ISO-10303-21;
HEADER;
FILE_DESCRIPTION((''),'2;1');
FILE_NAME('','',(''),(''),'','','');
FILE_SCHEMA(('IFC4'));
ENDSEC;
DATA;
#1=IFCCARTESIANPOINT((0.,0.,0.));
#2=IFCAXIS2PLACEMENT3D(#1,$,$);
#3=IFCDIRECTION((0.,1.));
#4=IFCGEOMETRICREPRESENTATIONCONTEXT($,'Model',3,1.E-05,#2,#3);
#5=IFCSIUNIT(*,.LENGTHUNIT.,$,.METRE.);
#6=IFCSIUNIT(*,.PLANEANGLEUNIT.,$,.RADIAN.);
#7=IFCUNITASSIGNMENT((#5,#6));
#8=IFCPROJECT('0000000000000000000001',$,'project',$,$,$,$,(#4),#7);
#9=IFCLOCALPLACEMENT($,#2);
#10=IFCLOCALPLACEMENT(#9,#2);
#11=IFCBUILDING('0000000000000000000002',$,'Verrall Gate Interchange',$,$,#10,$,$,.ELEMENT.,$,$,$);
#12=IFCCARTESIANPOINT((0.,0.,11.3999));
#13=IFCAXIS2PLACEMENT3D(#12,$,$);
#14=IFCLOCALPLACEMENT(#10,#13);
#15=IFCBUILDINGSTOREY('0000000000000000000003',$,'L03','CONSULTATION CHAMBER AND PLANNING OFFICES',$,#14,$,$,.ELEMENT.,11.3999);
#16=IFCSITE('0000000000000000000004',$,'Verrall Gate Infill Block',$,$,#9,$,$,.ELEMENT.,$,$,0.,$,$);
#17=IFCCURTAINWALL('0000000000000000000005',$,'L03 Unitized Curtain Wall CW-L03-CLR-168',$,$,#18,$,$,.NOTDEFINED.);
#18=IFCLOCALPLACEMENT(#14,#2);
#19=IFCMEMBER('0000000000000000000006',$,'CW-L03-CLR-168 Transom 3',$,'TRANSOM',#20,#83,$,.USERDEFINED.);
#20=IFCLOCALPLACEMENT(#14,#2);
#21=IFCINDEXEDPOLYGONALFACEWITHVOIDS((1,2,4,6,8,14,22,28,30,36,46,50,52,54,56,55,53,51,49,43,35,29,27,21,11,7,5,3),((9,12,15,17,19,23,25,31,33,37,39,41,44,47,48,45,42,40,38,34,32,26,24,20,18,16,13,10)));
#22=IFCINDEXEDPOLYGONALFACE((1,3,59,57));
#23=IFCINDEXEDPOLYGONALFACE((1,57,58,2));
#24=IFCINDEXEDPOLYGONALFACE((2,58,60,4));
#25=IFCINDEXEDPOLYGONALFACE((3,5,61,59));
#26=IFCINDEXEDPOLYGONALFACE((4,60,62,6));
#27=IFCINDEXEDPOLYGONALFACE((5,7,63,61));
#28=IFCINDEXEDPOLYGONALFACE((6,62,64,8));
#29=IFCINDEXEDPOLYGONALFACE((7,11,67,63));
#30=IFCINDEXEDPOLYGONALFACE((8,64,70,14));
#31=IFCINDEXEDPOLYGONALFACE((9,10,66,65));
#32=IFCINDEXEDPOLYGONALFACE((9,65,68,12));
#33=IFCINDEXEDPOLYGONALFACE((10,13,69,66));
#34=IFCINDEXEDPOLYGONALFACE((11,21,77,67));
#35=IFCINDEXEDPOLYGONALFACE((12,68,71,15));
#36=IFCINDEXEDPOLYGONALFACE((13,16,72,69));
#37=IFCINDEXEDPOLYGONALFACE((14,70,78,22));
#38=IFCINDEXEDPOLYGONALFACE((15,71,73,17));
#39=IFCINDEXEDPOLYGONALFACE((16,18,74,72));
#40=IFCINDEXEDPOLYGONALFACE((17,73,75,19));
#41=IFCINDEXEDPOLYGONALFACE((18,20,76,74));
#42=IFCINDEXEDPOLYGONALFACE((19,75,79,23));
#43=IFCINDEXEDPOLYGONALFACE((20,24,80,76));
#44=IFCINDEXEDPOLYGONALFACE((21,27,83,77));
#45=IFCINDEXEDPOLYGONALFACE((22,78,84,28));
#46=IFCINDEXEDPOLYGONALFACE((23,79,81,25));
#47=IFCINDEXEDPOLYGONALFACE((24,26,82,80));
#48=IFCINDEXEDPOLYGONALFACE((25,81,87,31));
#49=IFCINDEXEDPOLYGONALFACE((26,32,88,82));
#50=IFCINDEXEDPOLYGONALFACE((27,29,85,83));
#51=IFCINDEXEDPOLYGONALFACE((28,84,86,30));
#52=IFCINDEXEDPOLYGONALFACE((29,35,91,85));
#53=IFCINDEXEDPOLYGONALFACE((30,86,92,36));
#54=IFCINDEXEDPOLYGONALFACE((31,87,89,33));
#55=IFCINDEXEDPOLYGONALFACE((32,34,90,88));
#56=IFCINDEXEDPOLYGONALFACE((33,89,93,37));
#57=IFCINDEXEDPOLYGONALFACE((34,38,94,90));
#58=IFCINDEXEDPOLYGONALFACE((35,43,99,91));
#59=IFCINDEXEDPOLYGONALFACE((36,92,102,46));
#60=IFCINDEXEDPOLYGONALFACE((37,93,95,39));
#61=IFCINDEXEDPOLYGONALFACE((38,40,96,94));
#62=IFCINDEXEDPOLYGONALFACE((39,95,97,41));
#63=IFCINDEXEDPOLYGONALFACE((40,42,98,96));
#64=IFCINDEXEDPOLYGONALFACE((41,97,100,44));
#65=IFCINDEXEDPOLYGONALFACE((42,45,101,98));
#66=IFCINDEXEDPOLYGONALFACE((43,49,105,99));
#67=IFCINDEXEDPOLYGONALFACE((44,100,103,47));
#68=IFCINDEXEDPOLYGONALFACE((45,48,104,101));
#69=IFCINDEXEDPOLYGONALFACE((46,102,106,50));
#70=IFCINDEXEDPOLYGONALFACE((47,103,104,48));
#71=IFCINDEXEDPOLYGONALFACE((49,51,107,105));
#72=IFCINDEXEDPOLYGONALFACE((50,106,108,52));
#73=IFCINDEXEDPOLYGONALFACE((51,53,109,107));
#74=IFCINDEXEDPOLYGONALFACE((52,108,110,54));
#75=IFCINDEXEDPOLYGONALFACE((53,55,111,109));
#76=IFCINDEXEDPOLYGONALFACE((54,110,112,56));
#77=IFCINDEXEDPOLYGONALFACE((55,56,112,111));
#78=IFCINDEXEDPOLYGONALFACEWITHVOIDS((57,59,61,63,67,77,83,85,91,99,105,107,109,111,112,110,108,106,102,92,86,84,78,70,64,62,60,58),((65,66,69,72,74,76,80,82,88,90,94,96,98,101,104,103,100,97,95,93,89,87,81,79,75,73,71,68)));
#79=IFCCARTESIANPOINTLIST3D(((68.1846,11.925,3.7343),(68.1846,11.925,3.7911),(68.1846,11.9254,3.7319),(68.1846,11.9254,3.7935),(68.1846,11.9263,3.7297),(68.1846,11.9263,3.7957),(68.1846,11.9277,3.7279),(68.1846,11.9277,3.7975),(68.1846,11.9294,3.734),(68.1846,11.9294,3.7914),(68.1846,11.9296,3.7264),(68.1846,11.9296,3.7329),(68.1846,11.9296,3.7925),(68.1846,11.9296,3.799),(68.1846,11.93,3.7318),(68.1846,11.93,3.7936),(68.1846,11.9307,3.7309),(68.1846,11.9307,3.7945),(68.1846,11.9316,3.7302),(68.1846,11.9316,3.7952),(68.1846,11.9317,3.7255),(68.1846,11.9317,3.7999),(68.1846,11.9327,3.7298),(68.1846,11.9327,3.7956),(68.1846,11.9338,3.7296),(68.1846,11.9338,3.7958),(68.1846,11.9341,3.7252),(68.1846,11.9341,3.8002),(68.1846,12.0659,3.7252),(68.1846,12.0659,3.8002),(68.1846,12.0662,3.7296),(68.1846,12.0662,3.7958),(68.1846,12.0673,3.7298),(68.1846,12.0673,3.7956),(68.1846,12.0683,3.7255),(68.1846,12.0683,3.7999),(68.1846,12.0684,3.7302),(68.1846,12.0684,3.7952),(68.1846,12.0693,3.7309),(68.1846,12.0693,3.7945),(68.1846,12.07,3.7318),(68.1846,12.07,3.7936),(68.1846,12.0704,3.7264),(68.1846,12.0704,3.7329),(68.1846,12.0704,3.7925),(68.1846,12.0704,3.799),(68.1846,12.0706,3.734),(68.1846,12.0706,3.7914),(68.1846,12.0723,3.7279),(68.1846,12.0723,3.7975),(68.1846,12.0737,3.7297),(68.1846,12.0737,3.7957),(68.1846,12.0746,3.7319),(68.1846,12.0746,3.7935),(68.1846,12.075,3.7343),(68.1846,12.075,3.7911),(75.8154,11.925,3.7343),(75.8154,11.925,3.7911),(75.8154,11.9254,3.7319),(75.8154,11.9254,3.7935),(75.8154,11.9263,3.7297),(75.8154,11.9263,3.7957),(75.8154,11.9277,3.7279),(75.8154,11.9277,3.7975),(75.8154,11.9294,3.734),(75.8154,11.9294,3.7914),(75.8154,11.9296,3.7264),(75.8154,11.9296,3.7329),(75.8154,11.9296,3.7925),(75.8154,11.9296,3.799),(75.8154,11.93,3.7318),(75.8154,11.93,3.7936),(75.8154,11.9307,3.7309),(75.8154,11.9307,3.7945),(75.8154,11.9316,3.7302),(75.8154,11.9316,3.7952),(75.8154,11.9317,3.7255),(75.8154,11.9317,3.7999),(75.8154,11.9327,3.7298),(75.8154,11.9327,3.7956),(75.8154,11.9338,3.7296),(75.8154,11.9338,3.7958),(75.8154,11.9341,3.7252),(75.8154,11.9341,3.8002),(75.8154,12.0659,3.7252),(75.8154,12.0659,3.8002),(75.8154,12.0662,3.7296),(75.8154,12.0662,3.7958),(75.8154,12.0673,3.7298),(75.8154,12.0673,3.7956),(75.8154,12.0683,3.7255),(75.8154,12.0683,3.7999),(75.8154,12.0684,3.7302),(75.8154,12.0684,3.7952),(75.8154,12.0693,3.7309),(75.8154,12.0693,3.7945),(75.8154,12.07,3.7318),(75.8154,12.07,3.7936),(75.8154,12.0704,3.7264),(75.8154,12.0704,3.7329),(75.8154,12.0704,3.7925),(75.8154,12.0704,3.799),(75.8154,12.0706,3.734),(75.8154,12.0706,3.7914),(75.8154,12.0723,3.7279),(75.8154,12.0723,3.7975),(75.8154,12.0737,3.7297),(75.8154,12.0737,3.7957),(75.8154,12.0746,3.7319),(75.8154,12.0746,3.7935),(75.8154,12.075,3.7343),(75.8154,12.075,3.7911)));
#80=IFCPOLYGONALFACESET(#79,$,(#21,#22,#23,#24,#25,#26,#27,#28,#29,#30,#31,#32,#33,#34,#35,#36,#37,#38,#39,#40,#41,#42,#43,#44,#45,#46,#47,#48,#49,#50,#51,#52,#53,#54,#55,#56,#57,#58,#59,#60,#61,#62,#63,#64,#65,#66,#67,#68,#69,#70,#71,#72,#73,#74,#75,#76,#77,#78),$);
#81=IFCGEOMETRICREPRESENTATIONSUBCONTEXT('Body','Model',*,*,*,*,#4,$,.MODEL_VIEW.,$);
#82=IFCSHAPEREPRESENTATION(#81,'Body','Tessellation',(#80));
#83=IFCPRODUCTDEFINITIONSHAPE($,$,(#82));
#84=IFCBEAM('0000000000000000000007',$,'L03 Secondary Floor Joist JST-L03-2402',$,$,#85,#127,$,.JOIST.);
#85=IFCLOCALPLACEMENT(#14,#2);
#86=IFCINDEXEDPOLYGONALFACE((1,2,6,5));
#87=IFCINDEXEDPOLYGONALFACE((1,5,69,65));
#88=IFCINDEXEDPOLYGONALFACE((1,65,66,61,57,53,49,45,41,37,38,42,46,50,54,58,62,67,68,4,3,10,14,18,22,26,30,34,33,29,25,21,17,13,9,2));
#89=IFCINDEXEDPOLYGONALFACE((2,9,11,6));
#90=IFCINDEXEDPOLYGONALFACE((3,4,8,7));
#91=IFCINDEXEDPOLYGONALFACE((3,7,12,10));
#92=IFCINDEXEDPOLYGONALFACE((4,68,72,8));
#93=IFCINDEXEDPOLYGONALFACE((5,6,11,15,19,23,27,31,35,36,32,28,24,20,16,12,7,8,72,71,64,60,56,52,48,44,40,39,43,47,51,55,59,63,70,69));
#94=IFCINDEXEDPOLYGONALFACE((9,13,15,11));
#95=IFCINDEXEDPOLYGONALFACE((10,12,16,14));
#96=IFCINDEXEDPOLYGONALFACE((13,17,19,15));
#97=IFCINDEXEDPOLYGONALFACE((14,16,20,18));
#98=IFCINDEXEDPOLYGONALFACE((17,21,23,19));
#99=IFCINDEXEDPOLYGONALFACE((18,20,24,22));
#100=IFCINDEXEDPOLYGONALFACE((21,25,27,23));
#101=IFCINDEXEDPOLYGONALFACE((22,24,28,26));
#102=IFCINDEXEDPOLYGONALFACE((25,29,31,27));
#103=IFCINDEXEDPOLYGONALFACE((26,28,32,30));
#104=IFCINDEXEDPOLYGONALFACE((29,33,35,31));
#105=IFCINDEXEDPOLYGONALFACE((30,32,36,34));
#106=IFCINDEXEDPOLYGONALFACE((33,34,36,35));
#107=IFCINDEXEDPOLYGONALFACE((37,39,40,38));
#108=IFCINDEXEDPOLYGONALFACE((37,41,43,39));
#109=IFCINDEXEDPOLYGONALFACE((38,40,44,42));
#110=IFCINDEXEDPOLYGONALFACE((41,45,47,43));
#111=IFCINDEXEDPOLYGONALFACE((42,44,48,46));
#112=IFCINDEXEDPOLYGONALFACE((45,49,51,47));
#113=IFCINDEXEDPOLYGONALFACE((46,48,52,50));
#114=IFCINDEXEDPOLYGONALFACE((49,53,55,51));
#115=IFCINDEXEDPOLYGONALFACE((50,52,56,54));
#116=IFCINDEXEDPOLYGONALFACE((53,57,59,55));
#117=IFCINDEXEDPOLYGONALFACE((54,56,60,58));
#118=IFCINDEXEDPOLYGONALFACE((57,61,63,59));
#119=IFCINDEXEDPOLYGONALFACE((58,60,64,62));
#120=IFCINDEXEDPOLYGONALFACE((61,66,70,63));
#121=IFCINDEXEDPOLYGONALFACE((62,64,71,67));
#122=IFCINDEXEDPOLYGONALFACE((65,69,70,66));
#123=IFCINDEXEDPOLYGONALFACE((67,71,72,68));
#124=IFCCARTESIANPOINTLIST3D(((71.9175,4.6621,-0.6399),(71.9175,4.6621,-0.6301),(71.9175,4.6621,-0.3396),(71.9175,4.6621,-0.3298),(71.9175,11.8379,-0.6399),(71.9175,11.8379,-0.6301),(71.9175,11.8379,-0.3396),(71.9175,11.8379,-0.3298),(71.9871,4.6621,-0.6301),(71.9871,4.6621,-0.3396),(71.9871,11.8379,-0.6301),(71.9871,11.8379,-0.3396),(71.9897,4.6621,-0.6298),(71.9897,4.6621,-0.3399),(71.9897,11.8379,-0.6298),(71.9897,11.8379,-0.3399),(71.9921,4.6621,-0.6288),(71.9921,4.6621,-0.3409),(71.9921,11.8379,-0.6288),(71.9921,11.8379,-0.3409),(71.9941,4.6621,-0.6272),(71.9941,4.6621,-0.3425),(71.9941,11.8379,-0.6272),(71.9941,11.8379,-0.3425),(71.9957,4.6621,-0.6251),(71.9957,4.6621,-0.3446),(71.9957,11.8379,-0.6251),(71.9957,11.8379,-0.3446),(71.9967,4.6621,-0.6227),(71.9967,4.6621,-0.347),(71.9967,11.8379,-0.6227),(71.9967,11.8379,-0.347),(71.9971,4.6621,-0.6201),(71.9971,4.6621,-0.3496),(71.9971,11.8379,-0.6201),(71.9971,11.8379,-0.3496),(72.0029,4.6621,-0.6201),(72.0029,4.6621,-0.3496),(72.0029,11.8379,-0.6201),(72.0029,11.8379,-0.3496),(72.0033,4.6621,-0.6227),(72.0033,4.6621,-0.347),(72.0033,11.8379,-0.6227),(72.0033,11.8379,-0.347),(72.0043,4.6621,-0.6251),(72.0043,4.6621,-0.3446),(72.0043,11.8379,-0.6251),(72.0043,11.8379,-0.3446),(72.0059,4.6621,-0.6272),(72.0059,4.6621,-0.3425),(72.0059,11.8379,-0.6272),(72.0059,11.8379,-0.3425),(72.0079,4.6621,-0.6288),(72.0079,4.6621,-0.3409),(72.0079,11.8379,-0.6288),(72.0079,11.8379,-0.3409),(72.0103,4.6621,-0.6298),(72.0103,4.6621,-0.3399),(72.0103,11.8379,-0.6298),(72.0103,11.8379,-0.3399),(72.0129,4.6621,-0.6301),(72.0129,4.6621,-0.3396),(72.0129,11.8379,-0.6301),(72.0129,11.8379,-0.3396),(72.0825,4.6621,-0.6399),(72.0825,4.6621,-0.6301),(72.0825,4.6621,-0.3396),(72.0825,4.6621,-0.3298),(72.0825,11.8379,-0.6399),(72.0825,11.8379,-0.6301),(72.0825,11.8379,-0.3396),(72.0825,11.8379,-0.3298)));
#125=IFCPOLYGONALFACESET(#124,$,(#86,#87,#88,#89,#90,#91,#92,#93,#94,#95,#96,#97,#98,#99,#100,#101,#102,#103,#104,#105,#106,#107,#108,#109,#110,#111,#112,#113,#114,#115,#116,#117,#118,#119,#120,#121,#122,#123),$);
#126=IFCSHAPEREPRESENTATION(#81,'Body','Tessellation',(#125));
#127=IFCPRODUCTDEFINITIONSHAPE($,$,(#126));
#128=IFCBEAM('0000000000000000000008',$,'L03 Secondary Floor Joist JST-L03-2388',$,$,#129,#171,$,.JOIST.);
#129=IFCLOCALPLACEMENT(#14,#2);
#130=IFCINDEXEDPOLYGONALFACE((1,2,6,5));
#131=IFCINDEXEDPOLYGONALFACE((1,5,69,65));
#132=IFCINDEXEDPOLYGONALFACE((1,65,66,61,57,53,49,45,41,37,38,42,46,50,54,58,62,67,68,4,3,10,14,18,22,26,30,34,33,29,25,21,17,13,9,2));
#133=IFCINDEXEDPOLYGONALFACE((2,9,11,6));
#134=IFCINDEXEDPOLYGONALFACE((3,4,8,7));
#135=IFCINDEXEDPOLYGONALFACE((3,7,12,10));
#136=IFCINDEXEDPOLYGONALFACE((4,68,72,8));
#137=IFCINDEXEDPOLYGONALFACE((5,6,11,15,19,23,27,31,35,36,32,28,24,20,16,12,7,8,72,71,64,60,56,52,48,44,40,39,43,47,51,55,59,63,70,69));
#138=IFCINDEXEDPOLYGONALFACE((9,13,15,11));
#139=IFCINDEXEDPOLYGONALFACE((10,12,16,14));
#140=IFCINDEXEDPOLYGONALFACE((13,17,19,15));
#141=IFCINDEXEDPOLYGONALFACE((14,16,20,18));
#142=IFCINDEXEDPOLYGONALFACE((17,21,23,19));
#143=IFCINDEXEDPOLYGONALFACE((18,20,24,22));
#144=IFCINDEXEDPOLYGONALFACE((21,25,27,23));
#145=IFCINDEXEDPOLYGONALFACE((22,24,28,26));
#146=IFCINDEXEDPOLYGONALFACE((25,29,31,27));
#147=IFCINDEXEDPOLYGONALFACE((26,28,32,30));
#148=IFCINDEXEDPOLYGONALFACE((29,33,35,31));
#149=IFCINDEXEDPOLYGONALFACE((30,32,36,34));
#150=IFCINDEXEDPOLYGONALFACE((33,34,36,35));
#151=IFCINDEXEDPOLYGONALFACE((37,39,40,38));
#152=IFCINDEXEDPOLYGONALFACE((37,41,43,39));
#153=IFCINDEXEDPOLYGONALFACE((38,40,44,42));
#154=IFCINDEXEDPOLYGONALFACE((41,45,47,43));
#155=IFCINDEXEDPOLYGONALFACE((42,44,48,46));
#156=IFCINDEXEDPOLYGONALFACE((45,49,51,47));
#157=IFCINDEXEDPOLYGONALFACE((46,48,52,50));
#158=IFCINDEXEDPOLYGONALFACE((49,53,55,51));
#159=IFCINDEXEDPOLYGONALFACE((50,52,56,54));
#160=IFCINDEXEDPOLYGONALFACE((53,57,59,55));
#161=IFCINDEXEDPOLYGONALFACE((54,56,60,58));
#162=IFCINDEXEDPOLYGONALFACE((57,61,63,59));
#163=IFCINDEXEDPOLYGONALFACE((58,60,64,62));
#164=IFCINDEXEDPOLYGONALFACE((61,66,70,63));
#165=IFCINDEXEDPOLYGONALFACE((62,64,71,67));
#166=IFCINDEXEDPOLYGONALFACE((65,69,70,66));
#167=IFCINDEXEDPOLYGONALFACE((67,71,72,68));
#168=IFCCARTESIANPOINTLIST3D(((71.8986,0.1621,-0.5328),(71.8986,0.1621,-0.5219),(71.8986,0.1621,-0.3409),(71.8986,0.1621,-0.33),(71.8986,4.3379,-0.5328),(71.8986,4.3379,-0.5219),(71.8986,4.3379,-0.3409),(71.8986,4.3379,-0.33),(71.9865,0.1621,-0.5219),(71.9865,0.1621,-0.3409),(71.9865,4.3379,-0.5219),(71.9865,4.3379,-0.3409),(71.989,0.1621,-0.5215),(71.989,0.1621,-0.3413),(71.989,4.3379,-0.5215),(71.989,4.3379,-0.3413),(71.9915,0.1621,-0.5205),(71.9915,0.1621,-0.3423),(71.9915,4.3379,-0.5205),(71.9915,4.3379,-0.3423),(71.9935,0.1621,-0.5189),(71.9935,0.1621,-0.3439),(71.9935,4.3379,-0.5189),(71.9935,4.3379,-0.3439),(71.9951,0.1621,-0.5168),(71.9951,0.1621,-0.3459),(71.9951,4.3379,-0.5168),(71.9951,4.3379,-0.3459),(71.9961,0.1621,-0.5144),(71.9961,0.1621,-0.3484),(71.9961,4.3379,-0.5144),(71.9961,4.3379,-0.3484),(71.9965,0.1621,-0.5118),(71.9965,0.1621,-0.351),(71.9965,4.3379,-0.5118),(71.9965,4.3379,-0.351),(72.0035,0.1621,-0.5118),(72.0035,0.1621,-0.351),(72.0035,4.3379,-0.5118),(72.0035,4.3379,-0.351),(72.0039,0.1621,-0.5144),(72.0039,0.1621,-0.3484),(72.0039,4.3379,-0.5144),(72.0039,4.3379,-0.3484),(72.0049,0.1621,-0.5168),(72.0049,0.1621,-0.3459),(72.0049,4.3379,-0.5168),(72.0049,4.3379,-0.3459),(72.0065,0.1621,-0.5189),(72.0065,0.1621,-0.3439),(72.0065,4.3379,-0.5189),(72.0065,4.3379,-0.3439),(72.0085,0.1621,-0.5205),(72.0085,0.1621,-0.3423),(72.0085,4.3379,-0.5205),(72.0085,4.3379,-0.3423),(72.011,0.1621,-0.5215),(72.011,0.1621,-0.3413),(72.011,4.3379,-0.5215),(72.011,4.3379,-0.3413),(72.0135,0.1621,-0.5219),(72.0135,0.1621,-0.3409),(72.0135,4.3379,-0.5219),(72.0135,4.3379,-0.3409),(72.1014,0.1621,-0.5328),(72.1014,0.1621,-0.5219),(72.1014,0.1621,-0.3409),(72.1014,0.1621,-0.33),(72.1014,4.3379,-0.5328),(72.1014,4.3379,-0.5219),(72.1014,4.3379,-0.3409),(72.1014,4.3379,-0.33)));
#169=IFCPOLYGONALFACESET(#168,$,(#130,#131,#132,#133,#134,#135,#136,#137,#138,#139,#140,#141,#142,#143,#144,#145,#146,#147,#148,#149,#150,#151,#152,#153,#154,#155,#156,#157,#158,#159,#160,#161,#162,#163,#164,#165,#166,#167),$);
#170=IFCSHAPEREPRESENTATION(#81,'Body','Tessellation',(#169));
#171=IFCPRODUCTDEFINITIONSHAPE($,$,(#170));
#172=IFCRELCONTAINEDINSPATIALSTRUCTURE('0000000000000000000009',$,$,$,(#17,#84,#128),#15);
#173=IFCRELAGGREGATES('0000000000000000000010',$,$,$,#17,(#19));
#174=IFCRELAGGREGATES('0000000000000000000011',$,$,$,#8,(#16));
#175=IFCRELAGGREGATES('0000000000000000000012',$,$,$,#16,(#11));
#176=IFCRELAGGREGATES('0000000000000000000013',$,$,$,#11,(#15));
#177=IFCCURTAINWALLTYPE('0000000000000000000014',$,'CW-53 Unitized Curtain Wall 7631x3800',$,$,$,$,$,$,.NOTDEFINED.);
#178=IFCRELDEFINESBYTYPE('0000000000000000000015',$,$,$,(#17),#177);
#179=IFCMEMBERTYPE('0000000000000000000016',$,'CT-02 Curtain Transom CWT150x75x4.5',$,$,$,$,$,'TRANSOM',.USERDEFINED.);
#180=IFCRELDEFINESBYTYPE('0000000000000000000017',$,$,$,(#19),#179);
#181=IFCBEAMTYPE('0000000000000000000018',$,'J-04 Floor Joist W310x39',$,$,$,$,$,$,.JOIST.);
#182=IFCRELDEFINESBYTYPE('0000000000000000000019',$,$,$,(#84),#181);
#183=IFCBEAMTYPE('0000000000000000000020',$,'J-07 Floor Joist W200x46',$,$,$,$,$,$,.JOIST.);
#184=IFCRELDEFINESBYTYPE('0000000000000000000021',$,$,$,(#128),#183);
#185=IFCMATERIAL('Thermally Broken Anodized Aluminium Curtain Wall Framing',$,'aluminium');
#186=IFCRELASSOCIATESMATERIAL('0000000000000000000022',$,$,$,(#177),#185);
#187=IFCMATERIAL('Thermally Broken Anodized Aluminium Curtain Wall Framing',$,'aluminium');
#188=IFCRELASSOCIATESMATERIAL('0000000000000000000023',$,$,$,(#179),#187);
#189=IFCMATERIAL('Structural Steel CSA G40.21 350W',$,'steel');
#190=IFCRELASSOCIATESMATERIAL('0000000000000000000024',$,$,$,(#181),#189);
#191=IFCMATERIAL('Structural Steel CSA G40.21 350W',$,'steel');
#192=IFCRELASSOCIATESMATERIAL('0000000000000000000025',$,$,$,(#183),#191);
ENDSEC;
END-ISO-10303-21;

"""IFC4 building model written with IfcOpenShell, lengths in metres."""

from ifc_helpers import new_model, si_unit, direction, frame, origin, origin_2d, place, context, subcontext, project, spatial, hollow_rectangle, i_section, extrude, material, material_profile, profile_set, type_object, element, aggregate, save


model = new_model("IFC4")

# Units and contexts
model_context = context("Model", 3, precision=1e-05, world=origin(), true_north=direction((0.0, 1.0)))
body_context = subcontext(model_context, "Body", "Model", "MODEL_VIEW")
ifc_project = project(units=[si_unit("LENGTHUNIT", "METRE"), si_unit("PLANEANGLEUNIT", "RADIAN")], contexts=[model_context])

# Site, building, storey
site_placement = place(None, origin())
site = spatial("IfcSite", under=ifc_project, at=site_placement, Name="Verrall Gate Infill Block", CompositionType="ELEMENT", RefElevation=0.0)
building_placement = place(site_placement, origin())
building = spatial("IfcBuilding", under=site, at=building_placement, Name="Verrall Gate Interchange", CompositionType="ELEMENT")
storey_placement = place(building_placement, frame((0.0, 0.0, 11.3999)))
storey = spatial("IfcBuildingStorey", under=building, at=storey_placement, Name="L03", Description="CONSULTATION CHAMBER AND PLANNING OFFICES", CompositionType="ELEMENT", Elevation=11.3999)

# Curtain wall, member
ifc_material_1 = material(Name="Thermally Broken Anodized Aluminium Curtain Wall Framing", Category="aluminium")
curtain_wall_type = type_object("IfcCurtainWallType", Name="CW-53 Unitized Curtain Wall 7631x3800", PredefinedType="NOTDEFINED", material=ifc_material_1)
curtain_wall_placement = place(storey_placement, origin())
curtain_wall = element("IfcCurtainWall", 1, at=curtain_wall_placement, inside=storey, type_object=curtain_wall_type, Name="L03 Unitized Curtain Wall CW-L03-CLR-168", PredefinedType="NOTDEFINED")
ifc_material_2 = material(Name="Thermally Broken Anodized Aluminium Curtain Wall Framing", Category="aluminium")
ifc_material_profile_1 = material_profile(ifc_material_2, hollow_rectangle(XDim=0.1499, YDim=0.075, WallThickness=0.0044, InnerFilletRadius=0.0044, OuterFilletRadius=0.009, at=origin_2d()), Name="CWT150x75x4.5")
ifc_profile_set_1 = profile_set([ifc_material_profile_1], Name="Thermally Broken Anodized Aluminium Curtain Wall Framing")
member_type_1 = type_object("IfcMemberType", Name="CT-02 Curtain Transom CWT150x75x4.5", ElementType="TRANSOM", PredefinedType="USERDEFINED", material=ifc_profile_set_1)
member_1_placement = place(storey_placement, frame((68.1846, 12.0, 3.7627), z_axis=(1.0, 0.0, 0.0), x_axis=(0.0, 1.0, 0.0)))
member_1 = element("IfcMember", 2, at=member_1_placement, type_object=member_type_1, Name="CW-L03-CLR-168 Transom 3", ObjectType="TRANSOM", PredefinedType="USERDEFINED", context=body_context, shape_type="SweptSolid", body=[
    extrude(hollow_rectangle(XDim=0.1499, YDim=0.075, WallThickness=0.0044, InnerFilletRadius=0.0044, OuterFilletRadius=0.009, at=origin_2d()), origin(), (0.0, 0.0, 1.0), 7.6309),
])

# Beams
ifc_material_3 = material(Name="Structural Steel CSA G40.21 350W", Category="steel")
ifc_material_profile_2 = material_profile(ifc_material_3, i_section(OverallWidth=0.165, OverallDepth=0.3101, WebThickness=0.0059, FlangeThickness=0.0098, FilletRadius=0.01, at=origin_2d()), Name="W310x39")
ifc_profile_set_2 = profile_set([ifc_material_profile_2], Name="Structural Steel CSA G40.21 350W")
beam_type_1 = type_object("IfcBeamType", Name="J-04 Floor Joist W310x39", PredefinedType="JOIST", material=ifc_profile_set_2)
beam_1_placement = place(storey_placement, frame((72.0, 4.6621, -0.4849), z_axis=(0.0, 1.0, 0.0), x_axis=(-1.0, 0.0, 0.0)))
element("IfcBeam", 3, at=beam_1_placement, inside=storey, type_object=beam_type_1, Name="L03 Secondary Floor Joist JST-L03-2402", PredefinedType="JOIST", context=body_context, shape_type="SweptSolid", body=[
    extrude(i_section(OverallWidth=0.165, OverallDepth=0.3101, WebThickness=0.0059, FlangeThickness=0.0098, FilletRadius=0.01, at=origin_2d()), origin(), (0.0, 0.0, 1.0), 7.1758),
])
ifc_material_4 = material(Name="Structural Steel CSA G40.21 350W", Category="steel")
ifc_material_profile_3 = material_profile(ifc_material_4, i_section(OverallWidth=0.2029, OverallDepth=0.2029, WebThickness=0.0071, FlangeThickness=0.011, FilletRadius=0.01, at=origin_2d()), Name="W200x46")
ifc_profile_set_3 = profile_set([ifc_material_profile_3], Name="Structural Steel CSA G40.21 350W")
beam_type_2 = type_object("IfcBeamType", Name="J-07 Floor Joist W200x46", PredefinedType="JOIST", material=ifc_profile_set_3)
beam_2_placement = place(storey_placement, frame((72.0, 0.1621, -0.4314), z_axis=(0.0, 1.0, 0.0), x_axis=(-1.0, 0.0, 0.0)))
element("IfcBeam", 4, at=beam_2_placement, inside=storey, type_object=beam_type_2, Name="L03 Secondary Floor Joist JST-L03-2388", PredefinedType="JOIST", context=body_context, shape_type="SweptSolid", body=[
    extrude(i_section(OverallWidth=0.2029, OverallDepth=0.2029, WebThickness=0.0071, FlangeThickness=0.011, FilletRadius=0.01, at=origin_2d()), origin(), (0.0, 0.0, 1.0), 4.1758),
])

aggregate(curtain_wall, [member_1])

save(model, "model.ifc")
